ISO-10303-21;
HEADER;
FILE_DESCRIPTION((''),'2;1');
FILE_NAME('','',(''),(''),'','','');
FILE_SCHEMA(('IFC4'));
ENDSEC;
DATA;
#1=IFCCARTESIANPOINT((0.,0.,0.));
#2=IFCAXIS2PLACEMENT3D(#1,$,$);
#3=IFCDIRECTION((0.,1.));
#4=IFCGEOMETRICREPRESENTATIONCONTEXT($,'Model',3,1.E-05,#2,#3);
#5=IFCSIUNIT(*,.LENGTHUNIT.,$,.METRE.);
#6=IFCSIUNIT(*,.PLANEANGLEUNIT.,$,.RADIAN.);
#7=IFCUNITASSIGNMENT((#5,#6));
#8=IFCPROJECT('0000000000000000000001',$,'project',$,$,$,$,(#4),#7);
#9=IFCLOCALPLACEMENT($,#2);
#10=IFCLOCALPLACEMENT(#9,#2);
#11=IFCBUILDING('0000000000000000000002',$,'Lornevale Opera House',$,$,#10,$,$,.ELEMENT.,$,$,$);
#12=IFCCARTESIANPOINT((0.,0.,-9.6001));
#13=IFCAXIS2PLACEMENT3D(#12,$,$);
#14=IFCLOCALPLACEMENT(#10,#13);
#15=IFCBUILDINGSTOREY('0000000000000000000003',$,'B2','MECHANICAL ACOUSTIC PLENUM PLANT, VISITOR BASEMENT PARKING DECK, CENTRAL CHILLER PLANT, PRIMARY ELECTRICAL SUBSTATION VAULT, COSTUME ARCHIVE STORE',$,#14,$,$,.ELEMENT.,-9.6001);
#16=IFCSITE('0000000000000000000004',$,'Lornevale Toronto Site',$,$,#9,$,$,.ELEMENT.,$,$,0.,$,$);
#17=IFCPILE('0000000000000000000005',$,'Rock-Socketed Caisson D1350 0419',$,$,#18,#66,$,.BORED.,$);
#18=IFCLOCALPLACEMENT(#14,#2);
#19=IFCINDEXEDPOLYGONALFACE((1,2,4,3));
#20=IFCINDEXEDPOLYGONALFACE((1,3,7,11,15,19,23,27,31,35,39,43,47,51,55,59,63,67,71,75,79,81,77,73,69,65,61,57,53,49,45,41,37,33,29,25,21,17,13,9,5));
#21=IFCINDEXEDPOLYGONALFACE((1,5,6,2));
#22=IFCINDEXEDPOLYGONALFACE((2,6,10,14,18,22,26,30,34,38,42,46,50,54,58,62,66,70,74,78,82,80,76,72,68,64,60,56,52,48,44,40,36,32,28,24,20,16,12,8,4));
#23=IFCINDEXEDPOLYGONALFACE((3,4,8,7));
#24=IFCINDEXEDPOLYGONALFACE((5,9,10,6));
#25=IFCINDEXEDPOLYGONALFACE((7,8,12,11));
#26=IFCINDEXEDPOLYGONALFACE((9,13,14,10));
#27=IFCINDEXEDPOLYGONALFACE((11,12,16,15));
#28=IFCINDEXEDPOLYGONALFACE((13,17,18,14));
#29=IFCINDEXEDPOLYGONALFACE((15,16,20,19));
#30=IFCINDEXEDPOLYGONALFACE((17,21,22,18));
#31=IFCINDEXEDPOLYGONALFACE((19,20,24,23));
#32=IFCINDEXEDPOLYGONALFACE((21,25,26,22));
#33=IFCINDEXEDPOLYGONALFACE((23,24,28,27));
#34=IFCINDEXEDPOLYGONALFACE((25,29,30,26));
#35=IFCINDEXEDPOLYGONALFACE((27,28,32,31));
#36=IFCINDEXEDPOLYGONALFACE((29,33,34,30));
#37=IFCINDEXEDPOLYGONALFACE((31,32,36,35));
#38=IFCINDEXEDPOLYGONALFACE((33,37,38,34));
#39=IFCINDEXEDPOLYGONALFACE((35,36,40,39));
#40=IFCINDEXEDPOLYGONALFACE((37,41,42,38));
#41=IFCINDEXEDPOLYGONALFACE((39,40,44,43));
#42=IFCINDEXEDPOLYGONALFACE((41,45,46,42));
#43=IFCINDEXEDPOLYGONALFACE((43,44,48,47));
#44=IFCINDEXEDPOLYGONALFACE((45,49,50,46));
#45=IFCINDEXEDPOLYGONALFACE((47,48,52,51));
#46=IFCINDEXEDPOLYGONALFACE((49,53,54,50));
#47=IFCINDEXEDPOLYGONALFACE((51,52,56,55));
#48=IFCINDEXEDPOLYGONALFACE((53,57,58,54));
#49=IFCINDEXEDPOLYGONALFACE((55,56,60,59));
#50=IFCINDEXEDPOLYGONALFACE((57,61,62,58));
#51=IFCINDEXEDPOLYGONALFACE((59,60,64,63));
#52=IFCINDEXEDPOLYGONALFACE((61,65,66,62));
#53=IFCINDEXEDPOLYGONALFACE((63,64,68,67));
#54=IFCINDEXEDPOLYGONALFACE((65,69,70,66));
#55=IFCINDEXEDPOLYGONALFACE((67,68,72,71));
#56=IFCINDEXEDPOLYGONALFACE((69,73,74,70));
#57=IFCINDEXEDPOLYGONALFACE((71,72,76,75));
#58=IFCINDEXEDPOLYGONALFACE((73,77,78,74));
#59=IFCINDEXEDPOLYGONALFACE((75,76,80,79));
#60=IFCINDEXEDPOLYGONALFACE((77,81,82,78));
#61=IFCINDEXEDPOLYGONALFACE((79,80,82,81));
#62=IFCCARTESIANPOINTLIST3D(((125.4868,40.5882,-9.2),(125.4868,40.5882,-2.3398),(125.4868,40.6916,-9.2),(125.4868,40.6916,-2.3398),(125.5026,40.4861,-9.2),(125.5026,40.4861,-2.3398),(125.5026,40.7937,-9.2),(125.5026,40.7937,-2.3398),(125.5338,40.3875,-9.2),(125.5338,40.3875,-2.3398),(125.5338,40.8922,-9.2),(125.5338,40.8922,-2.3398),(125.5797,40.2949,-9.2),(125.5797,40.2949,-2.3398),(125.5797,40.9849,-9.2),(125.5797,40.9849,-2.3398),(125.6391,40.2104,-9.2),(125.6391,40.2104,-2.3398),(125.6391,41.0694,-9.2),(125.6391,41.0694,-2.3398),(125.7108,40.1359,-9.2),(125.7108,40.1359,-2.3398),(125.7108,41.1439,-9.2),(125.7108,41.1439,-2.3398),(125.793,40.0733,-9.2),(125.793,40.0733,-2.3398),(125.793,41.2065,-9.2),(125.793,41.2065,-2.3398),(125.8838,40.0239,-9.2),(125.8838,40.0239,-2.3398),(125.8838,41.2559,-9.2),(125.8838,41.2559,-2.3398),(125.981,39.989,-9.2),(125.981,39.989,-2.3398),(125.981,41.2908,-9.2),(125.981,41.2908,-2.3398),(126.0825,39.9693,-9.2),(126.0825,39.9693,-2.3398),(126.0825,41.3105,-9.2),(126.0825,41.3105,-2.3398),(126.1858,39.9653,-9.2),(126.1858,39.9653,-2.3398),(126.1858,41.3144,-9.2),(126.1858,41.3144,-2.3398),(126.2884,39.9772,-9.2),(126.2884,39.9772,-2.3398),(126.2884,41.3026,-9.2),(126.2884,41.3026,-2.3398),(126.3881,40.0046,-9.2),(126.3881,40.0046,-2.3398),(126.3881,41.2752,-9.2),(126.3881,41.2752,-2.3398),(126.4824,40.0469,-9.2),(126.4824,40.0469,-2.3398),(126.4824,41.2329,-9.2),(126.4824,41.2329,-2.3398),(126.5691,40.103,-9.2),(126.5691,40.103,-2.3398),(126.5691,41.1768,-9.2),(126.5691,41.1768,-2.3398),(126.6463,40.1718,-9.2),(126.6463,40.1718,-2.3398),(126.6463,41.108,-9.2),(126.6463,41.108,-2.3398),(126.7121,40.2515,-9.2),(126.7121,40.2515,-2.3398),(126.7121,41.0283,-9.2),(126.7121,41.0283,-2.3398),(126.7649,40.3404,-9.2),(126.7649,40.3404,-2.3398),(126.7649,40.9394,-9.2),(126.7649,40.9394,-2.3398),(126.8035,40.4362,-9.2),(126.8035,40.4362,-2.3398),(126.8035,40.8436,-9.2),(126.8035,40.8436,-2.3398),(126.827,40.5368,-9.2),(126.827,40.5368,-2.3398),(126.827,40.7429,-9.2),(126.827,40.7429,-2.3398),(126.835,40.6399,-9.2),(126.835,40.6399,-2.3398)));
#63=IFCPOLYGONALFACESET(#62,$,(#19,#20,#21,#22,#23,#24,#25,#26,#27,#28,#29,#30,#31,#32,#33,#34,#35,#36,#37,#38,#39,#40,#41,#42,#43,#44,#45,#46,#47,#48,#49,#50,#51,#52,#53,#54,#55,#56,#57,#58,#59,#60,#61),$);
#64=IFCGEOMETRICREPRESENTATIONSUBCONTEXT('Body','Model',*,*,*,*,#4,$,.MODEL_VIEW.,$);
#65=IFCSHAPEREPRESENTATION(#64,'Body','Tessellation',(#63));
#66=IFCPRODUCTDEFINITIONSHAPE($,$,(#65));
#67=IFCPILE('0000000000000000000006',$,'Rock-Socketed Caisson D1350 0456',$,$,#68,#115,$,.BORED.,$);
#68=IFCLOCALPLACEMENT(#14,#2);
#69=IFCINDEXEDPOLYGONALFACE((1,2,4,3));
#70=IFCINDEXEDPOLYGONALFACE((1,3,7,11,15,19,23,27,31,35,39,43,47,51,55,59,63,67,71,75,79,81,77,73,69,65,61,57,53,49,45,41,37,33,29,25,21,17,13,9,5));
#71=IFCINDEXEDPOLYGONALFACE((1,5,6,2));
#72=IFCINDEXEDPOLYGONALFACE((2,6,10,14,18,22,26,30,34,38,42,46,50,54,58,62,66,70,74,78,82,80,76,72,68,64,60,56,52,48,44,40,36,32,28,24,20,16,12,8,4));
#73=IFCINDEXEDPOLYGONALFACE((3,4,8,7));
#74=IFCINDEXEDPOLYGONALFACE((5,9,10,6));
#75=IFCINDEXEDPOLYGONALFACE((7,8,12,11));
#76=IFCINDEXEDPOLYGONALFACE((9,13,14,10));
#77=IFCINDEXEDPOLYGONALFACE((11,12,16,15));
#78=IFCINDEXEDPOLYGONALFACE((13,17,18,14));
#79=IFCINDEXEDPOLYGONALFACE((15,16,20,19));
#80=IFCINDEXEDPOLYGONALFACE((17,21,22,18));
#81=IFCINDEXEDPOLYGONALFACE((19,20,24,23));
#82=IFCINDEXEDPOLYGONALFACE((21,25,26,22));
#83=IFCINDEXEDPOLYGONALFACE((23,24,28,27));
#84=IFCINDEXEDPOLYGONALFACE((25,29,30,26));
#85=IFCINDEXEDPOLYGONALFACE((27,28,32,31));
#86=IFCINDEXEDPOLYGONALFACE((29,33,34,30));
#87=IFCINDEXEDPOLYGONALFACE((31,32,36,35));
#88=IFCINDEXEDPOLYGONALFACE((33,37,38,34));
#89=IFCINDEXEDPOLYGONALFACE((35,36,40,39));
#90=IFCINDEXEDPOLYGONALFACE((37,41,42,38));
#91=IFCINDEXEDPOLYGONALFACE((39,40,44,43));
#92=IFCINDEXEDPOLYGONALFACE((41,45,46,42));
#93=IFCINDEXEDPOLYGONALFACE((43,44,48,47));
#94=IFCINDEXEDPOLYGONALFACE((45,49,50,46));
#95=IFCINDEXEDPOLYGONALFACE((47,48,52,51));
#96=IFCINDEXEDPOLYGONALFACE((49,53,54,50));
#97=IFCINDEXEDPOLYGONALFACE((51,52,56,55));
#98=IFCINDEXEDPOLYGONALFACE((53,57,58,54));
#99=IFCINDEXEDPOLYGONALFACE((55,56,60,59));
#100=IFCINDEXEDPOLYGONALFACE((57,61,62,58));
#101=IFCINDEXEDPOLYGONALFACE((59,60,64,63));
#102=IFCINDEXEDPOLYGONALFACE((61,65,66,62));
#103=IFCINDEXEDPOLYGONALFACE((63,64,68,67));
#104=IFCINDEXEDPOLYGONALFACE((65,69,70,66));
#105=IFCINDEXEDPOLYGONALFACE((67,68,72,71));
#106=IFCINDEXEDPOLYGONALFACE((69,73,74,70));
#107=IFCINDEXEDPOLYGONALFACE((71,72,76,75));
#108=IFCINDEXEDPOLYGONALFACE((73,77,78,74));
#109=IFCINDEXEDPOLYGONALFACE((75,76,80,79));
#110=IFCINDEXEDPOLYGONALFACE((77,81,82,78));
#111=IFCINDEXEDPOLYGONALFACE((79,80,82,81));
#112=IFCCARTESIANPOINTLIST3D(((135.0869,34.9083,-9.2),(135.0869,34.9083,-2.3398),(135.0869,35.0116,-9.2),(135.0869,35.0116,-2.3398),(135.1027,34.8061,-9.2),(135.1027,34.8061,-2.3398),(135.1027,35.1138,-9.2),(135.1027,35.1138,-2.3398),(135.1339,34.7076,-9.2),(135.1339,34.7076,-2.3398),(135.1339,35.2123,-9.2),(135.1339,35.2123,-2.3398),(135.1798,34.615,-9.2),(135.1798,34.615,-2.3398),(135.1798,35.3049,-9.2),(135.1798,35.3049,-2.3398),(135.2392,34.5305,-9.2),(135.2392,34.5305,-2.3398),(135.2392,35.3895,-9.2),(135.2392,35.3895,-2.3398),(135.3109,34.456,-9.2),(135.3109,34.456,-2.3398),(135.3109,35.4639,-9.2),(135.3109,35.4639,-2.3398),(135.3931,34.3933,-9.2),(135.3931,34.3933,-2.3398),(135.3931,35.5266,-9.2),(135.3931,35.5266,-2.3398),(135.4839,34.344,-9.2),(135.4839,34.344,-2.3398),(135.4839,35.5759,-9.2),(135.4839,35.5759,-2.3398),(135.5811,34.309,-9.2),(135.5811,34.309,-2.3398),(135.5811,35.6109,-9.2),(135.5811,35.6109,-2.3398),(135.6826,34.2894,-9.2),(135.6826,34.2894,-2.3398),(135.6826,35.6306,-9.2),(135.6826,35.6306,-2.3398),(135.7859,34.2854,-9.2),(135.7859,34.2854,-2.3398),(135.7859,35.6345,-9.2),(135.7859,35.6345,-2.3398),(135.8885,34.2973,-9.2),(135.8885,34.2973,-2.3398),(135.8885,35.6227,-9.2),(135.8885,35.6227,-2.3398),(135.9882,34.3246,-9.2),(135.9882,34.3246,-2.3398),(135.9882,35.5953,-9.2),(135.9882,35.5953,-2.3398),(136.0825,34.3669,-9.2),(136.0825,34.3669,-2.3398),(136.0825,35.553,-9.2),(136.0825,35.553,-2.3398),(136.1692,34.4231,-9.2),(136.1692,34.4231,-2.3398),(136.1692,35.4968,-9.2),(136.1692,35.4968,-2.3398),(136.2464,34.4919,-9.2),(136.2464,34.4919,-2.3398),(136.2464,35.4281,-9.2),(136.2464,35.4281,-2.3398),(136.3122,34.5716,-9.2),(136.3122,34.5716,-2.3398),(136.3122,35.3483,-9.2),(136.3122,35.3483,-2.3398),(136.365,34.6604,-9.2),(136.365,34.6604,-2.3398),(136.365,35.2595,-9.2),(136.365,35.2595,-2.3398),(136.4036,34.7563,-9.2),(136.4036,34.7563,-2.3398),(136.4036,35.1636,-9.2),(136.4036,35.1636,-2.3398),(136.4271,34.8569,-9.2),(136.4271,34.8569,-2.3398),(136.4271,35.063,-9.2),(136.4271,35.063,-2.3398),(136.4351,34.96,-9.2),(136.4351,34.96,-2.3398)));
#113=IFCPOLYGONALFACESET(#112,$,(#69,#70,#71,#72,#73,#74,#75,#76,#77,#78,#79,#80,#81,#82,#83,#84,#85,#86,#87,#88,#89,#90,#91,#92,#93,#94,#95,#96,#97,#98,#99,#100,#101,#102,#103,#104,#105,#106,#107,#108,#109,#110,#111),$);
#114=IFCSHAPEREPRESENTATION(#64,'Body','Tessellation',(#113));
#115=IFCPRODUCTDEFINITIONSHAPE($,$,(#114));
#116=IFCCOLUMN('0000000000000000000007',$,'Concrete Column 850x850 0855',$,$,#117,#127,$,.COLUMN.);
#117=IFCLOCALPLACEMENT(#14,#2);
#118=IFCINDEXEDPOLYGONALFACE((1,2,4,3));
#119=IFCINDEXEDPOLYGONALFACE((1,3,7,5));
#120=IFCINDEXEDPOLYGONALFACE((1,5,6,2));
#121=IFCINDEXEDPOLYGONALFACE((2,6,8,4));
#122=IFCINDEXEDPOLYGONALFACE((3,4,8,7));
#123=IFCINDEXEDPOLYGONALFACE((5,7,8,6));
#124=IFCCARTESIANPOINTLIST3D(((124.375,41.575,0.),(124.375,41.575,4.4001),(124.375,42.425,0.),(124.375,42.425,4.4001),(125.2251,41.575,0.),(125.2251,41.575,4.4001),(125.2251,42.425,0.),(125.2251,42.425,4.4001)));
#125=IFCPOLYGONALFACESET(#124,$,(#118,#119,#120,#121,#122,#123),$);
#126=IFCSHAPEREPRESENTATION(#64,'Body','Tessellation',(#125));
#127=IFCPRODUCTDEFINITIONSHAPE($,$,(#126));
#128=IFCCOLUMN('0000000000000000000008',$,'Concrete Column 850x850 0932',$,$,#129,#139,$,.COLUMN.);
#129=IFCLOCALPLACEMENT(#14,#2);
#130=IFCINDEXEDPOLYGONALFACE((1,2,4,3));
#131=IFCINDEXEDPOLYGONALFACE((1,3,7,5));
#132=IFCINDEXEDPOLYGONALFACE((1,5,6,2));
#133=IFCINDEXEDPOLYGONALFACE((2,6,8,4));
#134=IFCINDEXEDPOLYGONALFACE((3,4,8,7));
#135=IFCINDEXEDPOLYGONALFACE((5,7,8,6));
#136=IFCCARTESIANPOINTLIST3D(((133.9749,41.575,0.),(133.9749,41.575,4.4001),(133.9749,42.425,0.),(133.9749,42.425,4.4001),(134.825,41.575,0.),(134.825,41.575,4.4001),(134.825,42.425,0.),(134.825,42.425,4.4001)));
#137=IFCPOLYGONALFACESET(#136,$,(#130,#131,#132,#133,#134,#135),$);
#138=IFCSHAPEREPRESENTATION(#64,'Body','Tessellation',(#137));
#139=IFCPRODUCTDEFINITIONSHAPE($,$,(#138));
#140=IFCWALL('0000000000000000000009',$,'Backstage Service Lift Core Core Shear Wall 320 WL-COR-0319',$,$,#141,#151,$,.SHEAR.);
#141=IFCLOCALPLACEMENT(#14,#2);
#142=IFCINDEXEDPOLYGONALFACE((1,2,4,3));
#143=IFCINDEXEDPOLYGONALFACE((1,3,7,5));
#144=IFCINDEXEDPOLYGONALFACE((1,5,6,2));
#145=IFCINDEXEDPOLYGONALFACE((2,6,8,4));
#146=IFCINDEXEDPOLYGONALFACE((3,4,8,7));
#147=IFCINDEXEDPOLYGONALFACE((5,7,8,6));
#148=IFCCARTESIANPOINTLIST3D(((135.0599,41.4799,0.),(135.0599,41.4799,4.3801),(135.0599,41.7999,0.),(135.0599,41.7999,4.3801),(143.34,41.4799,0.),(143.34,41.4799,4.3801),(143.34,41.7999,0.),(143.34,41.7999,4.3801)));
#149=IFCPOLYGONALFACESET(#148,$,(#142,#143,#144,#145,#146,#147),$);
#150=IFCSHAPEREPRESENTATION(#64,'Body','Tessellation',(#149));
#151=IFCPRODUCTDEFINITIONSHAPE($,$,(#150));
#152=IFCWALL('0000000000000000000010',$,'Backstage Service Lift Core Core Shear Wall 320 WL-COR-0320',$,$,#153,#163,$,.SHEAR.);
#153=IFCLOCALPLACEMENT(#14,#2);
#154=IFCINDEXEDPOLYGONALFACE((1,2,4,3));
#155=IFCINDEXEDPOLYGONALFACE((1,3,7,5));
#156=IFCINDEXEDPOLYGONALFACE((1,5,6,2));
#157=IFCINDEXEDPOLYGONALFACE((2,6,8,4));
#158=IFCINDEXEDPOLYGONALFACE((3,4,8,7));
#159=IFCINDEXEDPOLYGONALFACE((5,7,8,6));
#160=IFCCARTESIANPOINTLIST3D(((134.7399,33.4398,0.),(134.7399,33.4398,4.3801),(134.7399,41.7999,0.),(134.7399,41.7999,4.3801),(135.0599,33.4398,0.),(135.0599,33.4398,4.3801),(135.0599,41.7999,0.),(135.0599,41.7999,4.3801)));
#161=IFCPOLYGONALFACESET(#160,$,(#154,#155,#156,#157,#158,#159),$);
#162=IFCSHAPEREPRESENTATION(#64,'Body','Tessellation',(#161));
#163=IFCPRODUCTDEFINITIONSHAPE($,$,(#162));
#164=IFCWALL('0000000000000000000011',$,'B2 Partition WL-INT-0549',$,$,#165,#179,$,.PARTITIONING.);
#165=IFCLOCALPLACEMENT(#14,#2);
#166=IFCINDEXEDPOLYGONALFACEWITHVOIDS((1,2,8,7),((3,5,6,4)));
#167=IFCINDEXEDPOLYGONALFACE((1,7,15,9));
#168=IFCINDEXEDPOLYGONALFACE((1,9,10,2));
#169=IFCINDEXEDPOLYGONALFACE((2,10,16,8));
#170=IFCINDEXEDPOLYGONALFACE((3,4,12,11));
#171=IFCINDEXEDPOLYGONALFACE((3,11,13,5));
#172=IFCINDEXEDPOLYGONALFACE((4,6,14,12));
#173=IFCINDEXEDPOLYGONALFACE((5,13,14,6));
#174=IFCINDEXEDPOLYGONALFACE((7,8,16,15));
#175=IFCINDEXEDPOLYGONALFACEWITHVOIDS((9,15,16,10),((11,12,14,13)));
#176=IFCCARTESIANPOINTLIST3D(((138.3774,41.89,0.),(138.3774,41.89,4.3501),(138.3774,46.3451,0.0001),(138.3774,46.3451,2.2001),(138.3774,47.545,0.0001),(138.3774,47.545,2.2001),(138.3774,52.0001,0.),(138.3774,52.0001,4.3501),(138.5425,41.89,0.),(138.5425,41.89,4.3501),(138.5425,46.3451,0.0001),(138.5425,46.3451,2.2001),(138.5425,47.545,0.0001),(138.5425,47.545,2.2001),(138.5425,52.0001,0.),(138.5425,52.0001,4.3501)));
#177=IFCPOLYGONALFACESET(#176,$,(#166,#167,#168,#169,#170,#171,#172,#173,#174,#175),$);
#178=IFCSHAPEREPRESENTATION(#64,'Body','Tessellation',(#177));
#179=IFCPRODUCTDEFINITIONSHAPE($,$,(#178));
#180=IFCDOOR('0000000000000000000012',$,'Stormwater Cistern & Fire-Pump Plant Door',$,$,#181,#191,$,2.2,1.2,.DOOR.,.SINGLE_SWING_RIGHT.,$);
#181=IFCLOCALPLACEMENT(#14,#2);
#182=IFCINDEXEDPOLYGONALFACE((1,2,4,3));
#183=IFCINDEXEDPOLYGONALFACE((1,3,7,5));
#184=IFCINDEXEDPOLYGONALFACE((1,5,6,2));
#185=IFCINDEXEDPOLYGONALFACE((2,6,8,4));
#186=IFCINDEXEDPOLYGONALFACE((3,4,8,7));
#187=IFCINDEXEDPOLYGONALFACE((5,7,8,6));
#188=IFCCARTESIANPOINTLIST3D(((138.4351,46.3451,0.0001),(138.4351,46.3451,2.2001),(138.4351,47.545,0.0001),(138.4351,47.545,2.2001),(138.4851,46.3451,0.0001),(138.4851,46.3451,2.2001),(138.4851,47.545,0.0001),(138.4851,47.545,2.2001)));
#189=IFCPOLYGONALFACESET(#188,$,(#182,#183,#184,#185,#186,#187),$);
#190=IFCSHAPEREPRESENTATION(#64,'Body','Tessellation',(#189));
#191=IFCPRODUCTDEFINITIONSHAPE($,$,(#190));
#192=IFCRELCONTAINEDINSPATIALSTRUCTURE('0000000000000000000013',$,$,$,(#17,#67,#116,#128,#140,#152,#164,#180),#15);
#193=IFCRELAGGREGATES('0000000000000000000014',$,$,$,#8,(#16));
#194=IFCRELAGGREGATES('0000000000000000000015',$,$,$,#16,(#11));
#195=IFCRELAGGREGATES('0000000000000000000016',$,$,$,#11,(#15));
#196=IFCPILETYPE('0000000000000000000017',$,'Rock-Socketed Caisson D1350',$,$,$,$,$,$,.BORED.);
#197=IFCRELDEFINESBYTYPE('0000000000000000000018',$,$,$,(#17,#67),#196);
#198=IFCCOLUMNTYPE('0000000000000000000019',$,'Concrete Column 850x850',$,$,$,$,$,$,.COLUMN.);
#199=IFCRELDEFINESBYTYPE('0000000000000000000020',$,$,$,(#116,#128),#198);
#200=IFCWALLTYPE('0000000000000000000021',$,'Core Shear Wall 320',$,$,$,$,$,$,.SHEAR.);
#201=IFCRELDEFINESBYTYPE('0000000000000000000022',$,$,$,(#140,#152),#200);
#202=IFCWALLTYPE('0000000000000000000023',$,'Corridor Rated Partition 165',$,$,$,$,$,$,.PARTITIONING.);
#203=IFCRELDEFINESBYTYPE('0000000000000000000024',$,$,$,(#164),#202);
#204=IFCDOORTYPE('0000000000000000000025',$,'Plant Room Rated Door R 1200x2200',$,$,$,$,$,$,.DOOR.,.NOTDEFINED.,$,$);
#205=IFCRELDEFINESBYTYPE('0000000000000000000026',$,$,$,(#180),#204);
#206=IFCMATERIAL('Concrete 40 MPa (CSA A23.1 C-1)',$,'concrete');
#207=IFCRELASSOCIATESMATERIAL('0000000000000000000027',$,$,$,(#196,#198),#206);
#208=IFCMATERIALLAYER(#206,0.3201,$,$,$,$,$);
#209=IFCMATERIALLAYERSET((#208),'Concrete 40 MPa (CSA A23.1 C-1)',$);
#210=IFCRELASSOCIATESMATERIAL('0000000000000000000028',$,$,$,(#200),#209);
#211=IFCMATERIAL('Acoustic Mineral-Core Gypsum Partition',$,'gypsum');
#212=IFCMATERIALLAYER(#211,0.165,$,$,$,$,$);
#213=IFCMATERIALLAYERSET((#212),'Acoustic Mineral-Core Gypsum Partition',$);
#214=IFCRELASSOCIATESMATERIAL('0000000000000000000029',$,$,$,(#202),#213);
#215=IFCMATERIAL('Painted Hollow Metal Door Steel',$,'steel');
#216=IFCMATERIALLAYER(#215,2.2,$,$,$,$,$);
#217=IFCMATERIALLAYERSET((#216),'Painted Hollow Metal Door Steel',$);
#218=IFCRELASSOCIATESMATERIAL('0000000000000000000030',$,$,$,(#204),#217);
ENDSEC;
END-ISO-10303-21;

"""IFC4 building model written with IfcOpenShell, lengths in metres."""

from ifc_helpers import new_model, si_unit, direction, frame, frame_2d, origin, origin_2d, place, context, subcontext, project, spatial, rectangle, circle, extrude, material, layer, layer_set, material_profile, profile_set, type_object, element, fill, save


model = new_model("IFC4")

# Units and contexts
model_context = context("Model", 3, precision=1e-05, world=origin(), true_north=direction((0.0, 1.0)))
body_context = subcontext(model_context, "Body", "Model", "MODEL_VIEW")
ifc_project = project(units=[si_unit("LENGTHUNIT", "METRE"), si_unit("PLANEANGLEUNIT", "RADIAN")], contexts=[model_context])

# Site, building, storey
site_placement = place(None, origin())
site = spatial("IfcSite", under=ifc_project, at=site_placement, Name="Lornevale Toronto Site", CompositionType="ELEMENT", RefElevation=0.0)
building_placement = place(site_placement, origin())
building = spatial("IfcBuilding", under=site, at=building_placement, Name="Lornevale Opera House", CompositionType="ELEMENT")
storey_placement = place(building_placement, frame((0.0, 0.0, -9.6001)))
storey = spatial("IfcBuildingStorey", under=building, at=storey_placement, Name="B2", Description="MECHANICAL ACOUSTIC PLENUM PLANT, VISITOR BASEMENT PARKING DECK, CENTRAL CHILLER PLANT, PRIMARY ELECTRICAL SUBSTATION VAULT, COSTUME ARCHIVE STORE", CompositionType="ELEMENT", Elevation=-9.6001)

# Piles
ifc_material_1 = material(Name="Concrete 40 MPa (CSA A23.1 C-1)", Category="concrete")
ifc_material_profile_1 = material_profile(ifc_material_1, circle(Radius=0.675, at=origin_2d()), Name="CAIS1350")
ifc_profile_set_1 = profile_set([ifc_material_profile_1], Name="Concrete 40 MPa (CSA A23.1 C-1)")
pile_type_1 = type_object("IfcPileType", Name="Rock-Socketed Caisson D1350", PredefinedType="BORED", material=ifc_profile_set_1)
for number, where, z_axis, x_axis, name in (
    (1, (126.1599, 40.6399, -2.3398), (0.0, 0.0, -1.0), (1.0, 0.0, 0.0), "Rock-Socketed Caisson D1350 0419"),
    (2, (135.76, 34.96, -2.3398), (0.0, 0.0, -1.0), (1.0, 0.0, 0.0), "Rock-Socketed Caisson D1350 0456"),
):
    element("IfcPile", number, at=place(storey_placement, frame(where, z_axis=z_axis, x_axis=x_axis)), inside=storey, type_object=pile_type_1, Name=name, PredefinedType="BORED", context=body_context, shape_type="SweptSolid", body=[
        extrude(circle(Radius=0.675, at=origin_2d()), origin(), (0.0, 0.0, 1.0), 6.8601),
    ])

# Columns
ifc_material_profile_2 = material_profile(ifc_material_1, rectangle(XDim=0.8501, YDim=0.8501, at=origin_2d()), Name="RC850x850")
ifc_profile_set_2 = profile_set([ifc_material_profile_2], Name="Concrete 40 MPa (CSA A23.1 C-1)")
column_type = type_object("IfcColumnType", Name="Concrete Column 850x850", PredefinedType="COLUMN", material=ifc_profile_set_2)
for number, where, z_axis, x_axis, name in (
    (3, (124.8, 42.0, 0.0), (0.0, 0.0, 1.0), (1.0, 0.0, 0.0), "Concrete Column 850x850 0855"),
    (4, (134.3999, 42.0, 0.0), (0.0, 0.0, 1.0), (1.0, 0.0, 0.0), "Concrete Column 850x850 0932"),
):
    element("IfcColumn", number, at=place(storey_placement, frame(where, z_axis=z_axis, x_axis=x_axis)), inside=storey, type_object=column_type, Name=name, PredefinedType="COLUMN", context=body_context, shape_type="SweptSolid", body=[
        extrude(rectangle(XDim=0.8501, YDim=0.8501, at=origin_2d()), origin(), (0.0, 0.0, 1.0), 4.4001),
    ])

# Walls
ifc_layer_1 = layer(ifc_material_1, 0.3201)
ifc_layer_set_1 = layer_set([ifc_layer_1], Name="Concrete 40 MPa (CSA A23.1 C-1)")
wall_type_1 = type_object("IfcWallType", Name="Core Shear Wall 320", PredefinedType="SHEAR", material=ifc_layer_set_1)
wall_1_placement = place(storey_placement, frame((143.3401, 41.6399, 0.0), z_axis=(0.0, 0.0, 1.0), x_axis=(-1.0, 0.0, 0.0)))
element("IfcWall", 5, at=wall_1_placement, inside=storey, type_object=wall_type_1, Name="Backstage Service Lift Core Core Shear Wall 320 WL-COR-0319", PredefinedType="SHEAR", context=body_context, shape_type="SweptSolid", body=[
    extrude(rectangle(XDim=8.28, YDim=0.3201, at=frame_2d((4.1401, 0.0))), origin(), (0.0, 0.0, 1.0), 4.3801),
])
wall_2_placement = place(storey_placement, frame((134.8999, 41.8, 0.0), z_axis=(0.0, 0.0, 1.0), x_axis=(0.0, -1.0, 0.0)))
element("IfcWall", 6, at=wall_2_placement, inside=storey, type_object=wall_type_1, Name="Backstage Service Lift Core Core Shear Wall 320 WL-COR-0320", PredefinedType="SHEAR", context=body_context, shape_type="SweptSolid", body=[
    extrude(rectangle(XDim=8.3601, YDim=0.3201, at=frame_2d((4.1802, 0.0))), origin(), (0.0, 0.0, 1.0), 4.3801),
])

# Wall, opening, door
ifc_material_2 = material(Name="Acoustic Mineral-Core Gypsum Partition", Category="gypsum")
ifc_layer_2 = layer(ifc_material_2, 0.165)
ifc_layer_set_2 = layer_set([ifc_layer_2], Name="Acoustic Mineral-Core Gypsum Partition")
wall_type_2 = type_object("IfcWallType", Name="Corridor Rated Partition 165", PredefinedType="PARTITIONING", material=ifc_layer_set_2)
wall_3_placement = place(storey_placement, frame((138.46, 41.8899, 0.0), z_axis=(0.0, 0.0, 1.0), x_axis=(0.0, 1.0, 0.0)))
wall_3 = element("IfcWall", 7, at=wall_3_placement, inside=storey, type_object=wall_type_2, Name="B2 Partition WL-INT-0549", PredefinedType="PARTITIONING", context=body_context, shape_type="SweptSolid", body=[
    extrude(rectangle(XDim=10.1101, YDim=0.165, at=frame_2d((5.0552, 0.0))), origin(), (0.0, 0.0, 1.0), 4.3501),
])
opening_placement = place(wall_3_placement, frame((4.4551, 0.0, 0.0)))
opening = element("IfcOpeningElement", 8, at=opening_placement, cuts=wall_3, PredefinedType="OPENING", context=body_context, shape_type="SweptSolid", body=[
    extrude(rectangle(XDim=1.2, YDim=2.2, at=frame_2d((0.6001, 1.1001))), frame((0.0, 0.0925, 0.0), z_axis=(0.0, -1.0, 0.0), x_axis=(1.0, 0.0, 0.0)), (0.0, 0.0, 1.0), 0.1851),
])
ifc_material_3 = material(Name="Painted Hollow Metal Door Steel", Category="steel")
ifc_layer_3 = layer(ifc_material_3, 2.2)
ifc_layer_set_3 = layer_set([ifc_layer_3], Name="Painted Hollow Metal Door Steel")
door_type = type_object("IfcDoorType", Name="Plant Room Rated Door R 1200x2200", OperationType="NOTDEFINED", PredefinedType="DOOR", material=ifc_layer_set_3)
door_placement = place(opening_placement, origin())
door = element("IfcDoor", 9, at=door_placement, inside=storey, type_object=door_type, Name="Stormwater Cistern & Fire-Pump Plant Door", OperationType="SINGLE_SWING_RIGHT", OverallHeight=2.2, OverallWidth=1.2, PredefinedType="DOOR", context=body_context, shape_type="SweptSolid", body=[
    extrude(rectangle(XDim=1.2, YDim=2.2, at=frame_2d((0.6001, 1.1001))), frame((0.0, 0.0249, 0.0), z_axis=(0.0, -1.0, 0.0), x_axis=(1.0, 0.0, 0.0)), (0.0, 0.0, 1.0), 0.05),
])
fill(opening, door)

save(model, "model.ifc")
